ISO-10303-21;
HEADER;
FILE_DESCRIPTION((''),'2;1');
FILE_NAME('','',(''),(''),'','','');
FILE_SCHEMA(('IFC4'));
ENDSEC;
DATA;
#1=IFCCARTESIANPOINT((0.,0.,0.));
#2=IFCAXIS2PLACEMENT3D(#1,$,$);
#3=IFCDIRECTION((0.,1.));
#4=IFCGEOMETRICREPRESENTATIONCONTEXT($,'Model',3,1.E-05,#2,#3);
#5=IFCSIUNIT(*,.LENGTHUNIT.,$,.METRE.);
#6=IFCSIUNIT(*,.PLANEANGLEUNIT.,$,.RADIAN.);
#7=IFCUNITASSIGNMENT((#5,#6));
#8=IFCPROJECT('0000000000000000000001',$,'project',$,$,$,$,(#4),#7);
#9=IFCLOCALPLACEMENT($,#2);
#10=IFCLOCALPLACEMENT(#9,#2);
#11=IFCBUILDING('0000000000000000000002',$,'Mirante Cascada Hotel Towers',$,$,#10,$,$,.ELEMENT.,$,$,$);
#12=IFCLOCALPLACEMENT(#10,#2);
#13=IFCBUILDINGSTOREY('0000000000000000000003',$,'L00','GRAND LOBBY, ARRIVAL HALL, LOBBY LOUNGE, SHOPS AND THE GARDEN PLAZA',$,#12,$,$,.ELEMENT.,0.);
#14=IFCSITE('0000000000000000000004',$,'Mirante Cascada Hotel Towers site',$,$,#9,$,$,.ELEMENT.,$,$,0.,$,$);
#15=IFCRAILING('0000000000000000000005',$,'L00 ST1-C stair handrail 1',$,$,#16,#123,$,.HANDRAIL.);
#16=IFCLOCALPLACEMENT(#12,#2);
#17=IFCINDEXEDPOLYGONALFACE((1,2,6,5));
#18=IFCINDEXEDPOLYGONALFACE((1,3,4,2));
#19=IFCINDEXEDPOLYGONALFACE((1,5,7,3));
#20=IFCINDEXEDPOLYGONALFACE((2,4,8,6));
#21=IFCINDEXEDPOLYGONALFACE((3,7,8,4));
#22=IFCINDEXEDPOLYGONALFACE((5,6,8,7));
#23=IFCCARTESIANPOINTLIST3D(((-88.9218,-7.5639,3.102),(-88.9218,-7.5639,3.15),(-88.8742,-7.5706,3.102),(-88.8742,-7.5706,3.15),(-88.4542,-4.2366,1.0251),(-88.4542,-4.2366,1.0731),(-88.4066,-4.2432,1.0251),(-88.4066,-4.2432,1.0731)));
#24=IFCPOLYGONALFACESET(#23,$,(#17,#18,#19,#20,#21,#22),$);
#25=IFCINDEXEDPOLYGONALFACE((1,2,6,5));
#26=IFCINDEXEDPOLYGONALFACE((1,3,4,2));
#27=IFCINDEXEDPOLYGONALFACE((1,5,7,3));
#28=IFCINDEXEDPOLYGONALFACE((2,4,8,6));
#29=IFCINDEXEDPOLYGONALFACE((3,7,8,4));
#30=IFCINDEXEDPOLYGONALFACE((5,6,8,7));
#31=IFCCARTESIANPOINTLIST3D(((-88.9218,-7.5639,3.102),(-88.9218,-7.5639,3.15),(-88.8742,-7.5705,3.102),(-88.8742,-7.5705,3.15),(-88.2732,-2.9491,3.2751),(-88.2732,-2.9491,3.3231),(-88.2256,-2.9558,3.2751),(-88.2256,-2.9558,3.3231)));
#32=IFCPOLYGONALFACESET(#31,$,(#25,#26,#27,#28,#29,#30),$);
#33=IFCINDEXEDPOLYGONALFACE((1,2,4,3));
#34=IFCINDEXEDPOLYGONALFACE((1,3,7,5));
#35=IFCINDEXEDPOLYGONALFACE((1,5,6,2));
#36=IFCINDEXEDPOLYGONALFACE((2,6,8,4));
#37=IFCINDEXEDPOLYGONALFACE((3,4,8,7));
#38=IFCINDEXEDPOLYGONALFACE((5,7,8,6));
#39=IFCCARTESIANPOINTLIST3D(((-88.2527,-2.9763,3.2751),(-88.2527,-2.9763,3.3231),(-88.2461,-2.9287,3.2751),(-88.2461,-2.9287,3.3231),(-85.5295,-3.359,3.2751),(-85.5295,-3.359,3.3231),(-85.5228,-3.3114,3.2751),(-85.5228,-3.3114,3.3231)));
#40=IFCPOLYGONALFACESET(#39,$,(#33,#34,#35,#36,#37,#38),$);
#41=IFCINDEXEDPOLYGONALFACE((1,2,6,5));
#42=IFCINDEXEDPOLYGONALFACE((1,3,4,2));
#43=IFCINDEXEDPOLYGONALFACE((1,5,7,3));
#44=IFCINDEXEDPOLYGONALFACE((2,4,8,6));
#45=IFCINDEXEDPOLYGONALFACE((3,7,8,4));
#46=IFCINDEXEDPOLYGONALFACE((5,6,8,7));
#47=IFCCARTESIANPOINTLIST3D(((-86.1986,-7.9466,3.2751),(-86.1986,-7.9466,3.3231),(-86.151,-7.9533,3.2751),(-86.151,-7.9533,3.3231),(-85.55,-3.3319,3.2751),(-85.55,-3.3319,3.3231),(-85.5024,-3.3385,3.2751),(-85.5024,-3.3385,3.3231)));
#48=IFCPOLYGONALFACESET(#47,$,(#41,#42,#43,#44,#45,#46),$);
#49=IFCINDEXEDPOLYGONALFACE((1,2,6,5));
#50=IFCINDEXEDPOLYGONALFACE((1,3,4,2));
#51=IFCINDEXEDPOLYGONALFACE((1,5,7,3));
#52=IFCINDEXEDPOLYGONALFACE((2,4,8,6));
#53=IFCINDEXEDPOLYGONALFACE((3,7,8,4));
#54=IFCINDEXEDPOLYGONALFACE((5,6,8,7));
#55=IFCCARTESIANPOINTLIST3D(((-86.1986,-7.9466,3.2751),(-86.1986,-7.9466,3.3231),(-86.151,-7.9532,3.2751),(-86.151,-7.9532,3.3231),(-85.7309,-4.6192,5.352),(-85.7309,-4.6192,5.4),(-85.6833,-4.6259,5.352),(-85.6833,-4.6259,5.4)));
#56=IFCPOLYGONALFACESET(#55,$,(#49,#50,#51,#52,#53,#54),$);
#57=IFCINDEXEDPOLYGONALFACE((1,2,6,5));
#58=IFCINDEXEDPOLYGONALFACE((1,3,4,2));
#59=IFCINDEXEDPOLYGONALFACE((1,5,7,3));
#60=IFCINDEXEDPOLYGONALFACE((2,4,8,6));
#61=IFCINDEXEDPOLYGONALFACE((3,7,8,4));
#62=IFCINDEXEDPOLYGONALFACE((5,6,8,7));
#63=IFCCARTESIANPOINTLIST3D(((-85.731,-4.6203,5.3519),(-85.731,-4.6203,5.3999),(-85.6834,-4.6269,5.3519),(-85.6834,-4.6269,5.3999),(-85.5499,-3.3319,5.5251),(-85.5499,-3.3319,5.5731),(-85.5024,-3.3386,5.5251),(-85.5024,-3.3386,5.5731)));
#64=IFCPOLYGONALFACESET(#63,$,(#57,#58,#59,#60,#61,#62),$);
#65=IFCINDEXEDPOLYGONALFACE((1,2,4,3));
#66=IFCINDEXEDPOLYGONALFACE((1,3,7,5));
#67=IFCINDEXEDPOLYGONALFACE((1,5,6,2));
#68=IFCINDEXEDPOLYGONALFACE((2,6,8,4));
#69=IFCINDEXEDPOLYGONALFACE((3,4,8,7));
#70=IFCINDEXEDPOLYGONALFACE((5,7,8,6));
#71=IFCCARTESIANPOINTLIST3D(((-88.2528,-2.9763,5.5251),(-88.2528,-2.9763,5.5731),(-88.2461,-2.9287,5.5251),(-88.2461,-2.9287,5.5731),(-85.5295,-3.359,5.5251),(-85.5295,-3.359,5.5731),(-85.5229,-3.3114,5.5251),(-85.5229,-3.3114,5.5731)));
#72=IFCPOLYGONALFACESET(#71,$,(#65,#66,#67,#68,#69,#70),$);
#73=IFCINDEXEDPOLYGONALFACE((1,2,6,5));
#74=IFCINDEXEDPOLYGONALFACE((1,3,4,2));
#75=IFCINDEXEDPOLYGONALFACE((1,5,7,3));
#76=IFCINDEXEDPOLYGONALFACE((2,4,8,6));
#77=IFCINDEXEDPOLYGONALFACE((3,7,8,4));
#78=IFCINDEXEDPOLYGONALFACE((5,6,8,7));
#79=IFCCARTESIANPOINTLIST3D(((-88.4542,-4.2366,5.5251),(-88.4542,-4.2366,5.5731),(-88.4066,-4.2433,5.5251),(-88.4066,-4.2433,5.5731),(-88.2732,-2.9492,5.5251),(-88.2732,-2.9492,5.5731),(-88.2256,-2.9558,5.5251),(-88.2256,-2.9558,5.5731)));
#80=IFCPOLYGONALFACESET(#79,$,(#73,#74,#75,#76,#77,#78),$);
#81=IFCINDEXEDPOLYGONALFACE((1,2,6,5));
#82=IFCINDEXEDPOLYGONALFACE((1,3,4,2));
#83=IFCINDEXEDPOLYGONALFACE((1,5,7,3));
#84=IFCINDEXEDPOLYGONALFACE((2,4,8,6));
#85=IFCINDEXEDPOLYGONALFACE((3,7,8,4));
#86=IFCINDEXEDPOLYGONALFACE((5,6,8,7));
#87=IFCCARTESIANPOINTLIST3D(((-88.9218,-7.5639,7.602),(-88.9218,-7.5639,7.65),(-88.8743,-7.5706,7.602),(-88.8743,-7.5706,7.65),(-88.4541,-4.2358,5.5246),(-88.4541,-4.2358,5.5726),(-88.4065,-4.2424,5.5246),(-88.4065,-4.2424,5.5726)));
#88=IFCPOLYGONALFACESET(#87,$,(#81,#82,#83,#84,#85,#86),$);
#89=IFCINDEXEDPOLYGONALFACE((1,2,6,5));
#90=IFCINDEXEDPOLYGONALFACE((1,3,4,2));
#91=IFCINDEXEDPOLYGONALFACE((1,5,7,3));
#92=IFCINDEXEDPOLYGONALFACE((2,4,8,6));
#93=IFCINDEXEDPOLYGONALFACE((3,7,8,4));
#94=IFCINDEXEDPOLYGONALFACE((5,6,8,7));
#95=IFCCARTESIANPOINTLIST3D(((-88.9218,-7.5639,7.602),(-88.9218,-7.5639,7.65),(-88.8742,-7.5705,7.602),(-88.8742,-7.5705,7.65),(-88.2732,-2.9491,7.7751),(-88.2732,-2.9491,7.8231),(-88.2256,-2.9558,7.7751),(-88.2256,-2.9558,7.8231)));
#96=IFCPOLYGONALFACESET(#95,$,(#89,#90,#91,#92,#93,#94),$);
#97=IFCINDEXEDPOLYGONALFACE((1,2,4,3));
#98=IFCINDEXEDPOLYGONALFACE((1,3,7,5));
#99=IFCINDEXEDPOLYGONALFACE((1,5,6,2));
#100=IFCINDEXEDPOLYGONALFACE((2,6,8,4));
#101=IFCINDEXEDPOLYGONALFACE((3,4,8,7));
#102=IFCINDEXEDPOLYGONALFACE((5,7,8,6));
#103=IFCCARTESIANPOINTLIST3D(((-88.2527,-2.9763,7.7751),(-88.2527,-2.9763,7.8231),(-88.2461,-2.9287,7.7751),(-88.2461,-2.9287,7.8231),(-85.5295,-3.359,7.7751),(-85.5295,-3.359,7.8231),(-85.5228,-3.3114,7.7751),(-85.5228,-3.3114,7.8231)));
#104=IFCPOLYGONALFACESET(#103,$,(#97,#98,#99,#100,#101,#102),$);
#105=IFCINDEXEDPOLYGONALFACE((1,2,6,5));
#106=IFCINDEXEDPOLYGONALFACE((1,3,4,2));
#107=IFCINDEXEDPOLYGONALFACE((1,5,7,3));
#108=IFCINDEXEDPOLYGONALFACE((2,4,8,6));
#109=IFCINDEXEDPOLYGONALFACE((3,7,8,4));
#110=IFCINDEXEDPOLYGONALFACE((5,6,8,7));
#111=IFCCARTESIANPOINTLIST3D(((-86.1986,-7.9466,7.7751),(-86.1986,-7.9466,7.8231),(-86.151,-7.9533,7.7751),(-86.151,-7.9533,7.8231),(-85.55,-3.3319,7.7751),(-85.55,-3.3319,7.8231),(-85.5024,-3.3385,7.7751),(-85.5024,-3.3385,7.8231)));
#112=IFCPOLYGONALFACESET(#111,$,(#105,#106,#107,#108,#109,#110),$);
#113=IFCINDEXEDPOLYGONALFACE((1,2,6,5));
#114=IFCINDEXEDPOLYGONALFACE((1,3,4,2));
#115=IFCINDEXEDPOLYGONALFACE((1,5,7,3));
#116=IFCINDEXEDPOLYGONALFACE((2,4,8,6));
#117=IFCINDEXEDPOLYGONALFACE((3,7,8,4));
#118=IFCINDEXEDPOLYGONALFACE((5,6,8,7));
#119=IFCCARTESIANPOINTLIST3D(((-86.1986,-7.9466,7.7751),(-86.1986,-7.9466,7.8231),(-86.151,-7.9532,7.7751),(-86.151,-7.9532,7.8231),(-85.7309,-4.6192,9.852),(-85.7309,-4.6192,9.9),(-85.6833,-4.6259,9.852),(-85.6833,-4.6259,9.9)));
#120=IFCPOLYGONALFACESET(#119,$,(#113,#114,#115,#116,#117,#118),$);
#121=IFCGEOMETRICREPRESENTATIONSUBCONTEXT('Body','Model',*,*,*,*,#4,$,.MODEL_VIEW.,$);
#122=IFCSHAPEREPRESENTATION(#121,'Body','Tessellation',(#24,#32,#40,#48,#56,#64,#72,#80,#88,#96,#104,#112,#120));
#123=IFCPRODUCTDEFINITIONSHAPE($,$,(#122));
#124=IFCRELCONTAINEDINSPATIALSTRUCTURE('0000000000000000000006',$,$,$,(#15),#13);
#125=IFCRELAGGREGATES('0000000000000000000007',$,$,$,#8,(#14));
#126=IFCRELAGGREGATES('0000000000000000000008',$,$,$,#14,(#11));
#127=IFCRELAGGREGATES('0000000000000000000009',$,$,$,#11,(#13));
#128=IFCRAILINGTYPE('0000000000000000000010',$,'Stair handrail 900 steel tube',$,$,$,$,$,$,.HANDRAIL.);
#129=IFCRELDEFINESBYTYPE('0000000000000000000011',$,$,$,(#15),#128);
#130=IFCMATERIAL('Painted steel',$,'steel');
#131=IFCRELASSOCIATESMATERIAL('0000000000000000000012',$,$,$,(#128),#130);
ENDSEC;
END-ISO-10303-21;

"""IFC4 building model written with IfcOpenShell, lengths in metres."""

from ifc_helpers import new_model, si_unit, direction, frame, origin, origin_2d, place, context, subcontext, project, spatial, rectangle, extrude, material, type_object, element, save


model = new_model("IFC4")

# Units and contexts
model_context = context("Model", 3, precision=1e-05, world=origin(), true_north=direction((0.0, 1.0)))
body_context = subcontext(model_context, "Body", "Model", "MODEL_VIEW")
ifc_project = project(units=[si_unit("LENGTHUNIT", "METRE"), si_unit("PLANEANGLEUNIT", "RADIAN")], contexts=[model_context])

# Site, building, storey
site_placement = place(None, origin())
site = spatial("IfcSite", under=ifc_project, at=site_placement, Name="Mirante Cascada Hotel Towers site", CompositionType="ELEMENT", RefElevation=0.0)
building_placement = place(site_placement, origin())
building = spatial("IfcBuilding", under=site, at=building_placement, Name="Mirante Cascada Hotel Towers", CompositionType="ELEMENT")
storey_placement = place(building_placement, origin())
storey = spatial("IfcBuildingStorey", under=building, at=storey_placement, Name="L00", Description="GRAND LOBBY, ARRIVAL HALL, LOBBY LOUNGE, SHOPS AND THE GARDEN PLAZA", CompositionType="ELEMENT", Elevation=0.0)

# Railing
ifc_material_1 = material(Name="Painted steel", Category="steel")
railing_type_1 = type_object("IfcRailingType", Name="Stair handrail 900 steel tube", PredefinedType="HANDRAIL", material=ifc_material_1)
railing_1_placement = place(storey_placement, frame((-88.4304, -4.2399, 0.1731)))
element("IfcRailing", 1, at=railing_1_placement, inside=storey, type_object=railing_type_1, Name="L00 ST1-C stair handrail 1", PredefinedType="HANDRAIL", context=body_context, shape_type="SweptSolid", body=[
    extrude(rectangle(XDim=0.048, YDim=0.048, at=origin_2d()), frame((0.0, 0.0, 0.876), z_axis=(-0.139167, -0.990269, 0.0), x_axis=(0.990269, -0.139167, 0.0)), (0.0, 0.525787, 0.850616), 3.9501),
    extrude(rectangle(XDim=0.048, YDim=0.048, at=origin_2d()), frame((-0.4676, -3.3273, 2.9529), z_axis=(0.139183, 0.990267, 0.0), x_axis=(-0.990267, 0.139183, 0.0)), (0.0, 0.03712, 0.999311), 4.6633),
    extrude(rectangle(XDim=0.048, YDim=0.048, at=origin_2d()), frame((0.181, 1.2874, 3.126), z_axis=(0.990269, -0.139166, 0.0), x_axis=(0.139166, 0.990269, 0.0)), (0.0, 0.0, 1.0), 2.75),
    extrude(rectangle(XDim=0.048, YDim=0.048, at=origin_2d()), frame((2.9042, 0.9047, 3.126), z_axis=(-0.139183, -0.990267, 0.0), x_axis=(0.990267, -0.139183, 0.0)), (0.0, 0.0, 1.0), 4.6601),
    extrude(rectangle(XDim=0.048, YDim=0.048, at=origin_2d()), frame((2.2556, -3.71, 3.126), z_axis=(0.139196, 0.990265, 0.0), x_axis=(-0.990265, 0.139196, 0.0)), (0.0, 0.525786, 0.850617), 3.9501),
    extrude(rectangle(XDim=0.048, YDim=0.048, at=origin_2d()), frame((2.7232, -0.3837, 5.2028), z_axis=(0.139149, 0.990271, 0.0), x_axis=(-0.990271, 0.139149, 0.0)), (0.0, 0.131984, 0.991252), 1.3125),
    extrude(rectangle(XDim=0.048, YDim=0.048, at=origin_2d()), frame((2.9042, 0.9047, 5.376), z_axis=(-0.990269, 0.139166, 0.0), x_axis=(-0.139166, -0.990269, 0.0)), (0.0, 0.0, 1.0), 2.75),
    extrude(rectangle(XDim=0.048, YDim=0.048, at=origin_2d()), frame((0.181, 1.2874, 5.376), z_axis=(-0.139224, -0.990261, 0.0), x_axis=(0.990261, -0.139224, 0.0)), (0.0, 0.0, 1.0), 1.3001),
    extrude(rectangle(XDim=0.048, YDim=0.048, at=origin_2d()), frame((0.0001, 0.0008, 5.3755), z_axis=(-0.139167, -0.990269, 0.0), x_axis=(0.990269, -0.139167, 0.0)), (0.0, 0.525787, 0.850616), 3.9511),
    extrude(rectangle(XDim=0.048, YDim=0.048, at=origin_2d()), frame((-0.4676, -3.3273, 7.4529), z_axis=(0.139183, 0.990267, 0.0), x_axis=(-0.990267, 0.139183, 0.0)), (0.0, 0.03712, 0.999311), 4.6633),
    extrude(rectangle(XDim=0.048, YDim=0.048, at=origin_2d()), frame((0.181, 1.2874, 7.626), z_axis=(0.990269, -0.139166, 0.0), x_axis=(0.139166, 0.990269, 0.0)), (0.0, 0.0, 1.0), 2.75),
    extrude(rectangle(XDim=0.048, YDim=0.048, at=origin_2d()), frame((2.9042, 0.9047, 7.626), z_axis=(-0.139183, -0.990267, 0.0), x_axis=(0.990267, -0.139183, 0.0)), (0.0, 0.0, 1.0), 4.6601),
    extrude(rectangle(XDim=0.048, YDim=0.048, at=origin_2d()), frame((2.2556, -3.71, 7.626), z_axis=(0.139196, 0.990265, 0.0), x_axis=(-0.990265, 0.139196, 0.0)), (0.0, 0.525786, 0.850617), 3.9501),
])

save(model, "model.ifc")
